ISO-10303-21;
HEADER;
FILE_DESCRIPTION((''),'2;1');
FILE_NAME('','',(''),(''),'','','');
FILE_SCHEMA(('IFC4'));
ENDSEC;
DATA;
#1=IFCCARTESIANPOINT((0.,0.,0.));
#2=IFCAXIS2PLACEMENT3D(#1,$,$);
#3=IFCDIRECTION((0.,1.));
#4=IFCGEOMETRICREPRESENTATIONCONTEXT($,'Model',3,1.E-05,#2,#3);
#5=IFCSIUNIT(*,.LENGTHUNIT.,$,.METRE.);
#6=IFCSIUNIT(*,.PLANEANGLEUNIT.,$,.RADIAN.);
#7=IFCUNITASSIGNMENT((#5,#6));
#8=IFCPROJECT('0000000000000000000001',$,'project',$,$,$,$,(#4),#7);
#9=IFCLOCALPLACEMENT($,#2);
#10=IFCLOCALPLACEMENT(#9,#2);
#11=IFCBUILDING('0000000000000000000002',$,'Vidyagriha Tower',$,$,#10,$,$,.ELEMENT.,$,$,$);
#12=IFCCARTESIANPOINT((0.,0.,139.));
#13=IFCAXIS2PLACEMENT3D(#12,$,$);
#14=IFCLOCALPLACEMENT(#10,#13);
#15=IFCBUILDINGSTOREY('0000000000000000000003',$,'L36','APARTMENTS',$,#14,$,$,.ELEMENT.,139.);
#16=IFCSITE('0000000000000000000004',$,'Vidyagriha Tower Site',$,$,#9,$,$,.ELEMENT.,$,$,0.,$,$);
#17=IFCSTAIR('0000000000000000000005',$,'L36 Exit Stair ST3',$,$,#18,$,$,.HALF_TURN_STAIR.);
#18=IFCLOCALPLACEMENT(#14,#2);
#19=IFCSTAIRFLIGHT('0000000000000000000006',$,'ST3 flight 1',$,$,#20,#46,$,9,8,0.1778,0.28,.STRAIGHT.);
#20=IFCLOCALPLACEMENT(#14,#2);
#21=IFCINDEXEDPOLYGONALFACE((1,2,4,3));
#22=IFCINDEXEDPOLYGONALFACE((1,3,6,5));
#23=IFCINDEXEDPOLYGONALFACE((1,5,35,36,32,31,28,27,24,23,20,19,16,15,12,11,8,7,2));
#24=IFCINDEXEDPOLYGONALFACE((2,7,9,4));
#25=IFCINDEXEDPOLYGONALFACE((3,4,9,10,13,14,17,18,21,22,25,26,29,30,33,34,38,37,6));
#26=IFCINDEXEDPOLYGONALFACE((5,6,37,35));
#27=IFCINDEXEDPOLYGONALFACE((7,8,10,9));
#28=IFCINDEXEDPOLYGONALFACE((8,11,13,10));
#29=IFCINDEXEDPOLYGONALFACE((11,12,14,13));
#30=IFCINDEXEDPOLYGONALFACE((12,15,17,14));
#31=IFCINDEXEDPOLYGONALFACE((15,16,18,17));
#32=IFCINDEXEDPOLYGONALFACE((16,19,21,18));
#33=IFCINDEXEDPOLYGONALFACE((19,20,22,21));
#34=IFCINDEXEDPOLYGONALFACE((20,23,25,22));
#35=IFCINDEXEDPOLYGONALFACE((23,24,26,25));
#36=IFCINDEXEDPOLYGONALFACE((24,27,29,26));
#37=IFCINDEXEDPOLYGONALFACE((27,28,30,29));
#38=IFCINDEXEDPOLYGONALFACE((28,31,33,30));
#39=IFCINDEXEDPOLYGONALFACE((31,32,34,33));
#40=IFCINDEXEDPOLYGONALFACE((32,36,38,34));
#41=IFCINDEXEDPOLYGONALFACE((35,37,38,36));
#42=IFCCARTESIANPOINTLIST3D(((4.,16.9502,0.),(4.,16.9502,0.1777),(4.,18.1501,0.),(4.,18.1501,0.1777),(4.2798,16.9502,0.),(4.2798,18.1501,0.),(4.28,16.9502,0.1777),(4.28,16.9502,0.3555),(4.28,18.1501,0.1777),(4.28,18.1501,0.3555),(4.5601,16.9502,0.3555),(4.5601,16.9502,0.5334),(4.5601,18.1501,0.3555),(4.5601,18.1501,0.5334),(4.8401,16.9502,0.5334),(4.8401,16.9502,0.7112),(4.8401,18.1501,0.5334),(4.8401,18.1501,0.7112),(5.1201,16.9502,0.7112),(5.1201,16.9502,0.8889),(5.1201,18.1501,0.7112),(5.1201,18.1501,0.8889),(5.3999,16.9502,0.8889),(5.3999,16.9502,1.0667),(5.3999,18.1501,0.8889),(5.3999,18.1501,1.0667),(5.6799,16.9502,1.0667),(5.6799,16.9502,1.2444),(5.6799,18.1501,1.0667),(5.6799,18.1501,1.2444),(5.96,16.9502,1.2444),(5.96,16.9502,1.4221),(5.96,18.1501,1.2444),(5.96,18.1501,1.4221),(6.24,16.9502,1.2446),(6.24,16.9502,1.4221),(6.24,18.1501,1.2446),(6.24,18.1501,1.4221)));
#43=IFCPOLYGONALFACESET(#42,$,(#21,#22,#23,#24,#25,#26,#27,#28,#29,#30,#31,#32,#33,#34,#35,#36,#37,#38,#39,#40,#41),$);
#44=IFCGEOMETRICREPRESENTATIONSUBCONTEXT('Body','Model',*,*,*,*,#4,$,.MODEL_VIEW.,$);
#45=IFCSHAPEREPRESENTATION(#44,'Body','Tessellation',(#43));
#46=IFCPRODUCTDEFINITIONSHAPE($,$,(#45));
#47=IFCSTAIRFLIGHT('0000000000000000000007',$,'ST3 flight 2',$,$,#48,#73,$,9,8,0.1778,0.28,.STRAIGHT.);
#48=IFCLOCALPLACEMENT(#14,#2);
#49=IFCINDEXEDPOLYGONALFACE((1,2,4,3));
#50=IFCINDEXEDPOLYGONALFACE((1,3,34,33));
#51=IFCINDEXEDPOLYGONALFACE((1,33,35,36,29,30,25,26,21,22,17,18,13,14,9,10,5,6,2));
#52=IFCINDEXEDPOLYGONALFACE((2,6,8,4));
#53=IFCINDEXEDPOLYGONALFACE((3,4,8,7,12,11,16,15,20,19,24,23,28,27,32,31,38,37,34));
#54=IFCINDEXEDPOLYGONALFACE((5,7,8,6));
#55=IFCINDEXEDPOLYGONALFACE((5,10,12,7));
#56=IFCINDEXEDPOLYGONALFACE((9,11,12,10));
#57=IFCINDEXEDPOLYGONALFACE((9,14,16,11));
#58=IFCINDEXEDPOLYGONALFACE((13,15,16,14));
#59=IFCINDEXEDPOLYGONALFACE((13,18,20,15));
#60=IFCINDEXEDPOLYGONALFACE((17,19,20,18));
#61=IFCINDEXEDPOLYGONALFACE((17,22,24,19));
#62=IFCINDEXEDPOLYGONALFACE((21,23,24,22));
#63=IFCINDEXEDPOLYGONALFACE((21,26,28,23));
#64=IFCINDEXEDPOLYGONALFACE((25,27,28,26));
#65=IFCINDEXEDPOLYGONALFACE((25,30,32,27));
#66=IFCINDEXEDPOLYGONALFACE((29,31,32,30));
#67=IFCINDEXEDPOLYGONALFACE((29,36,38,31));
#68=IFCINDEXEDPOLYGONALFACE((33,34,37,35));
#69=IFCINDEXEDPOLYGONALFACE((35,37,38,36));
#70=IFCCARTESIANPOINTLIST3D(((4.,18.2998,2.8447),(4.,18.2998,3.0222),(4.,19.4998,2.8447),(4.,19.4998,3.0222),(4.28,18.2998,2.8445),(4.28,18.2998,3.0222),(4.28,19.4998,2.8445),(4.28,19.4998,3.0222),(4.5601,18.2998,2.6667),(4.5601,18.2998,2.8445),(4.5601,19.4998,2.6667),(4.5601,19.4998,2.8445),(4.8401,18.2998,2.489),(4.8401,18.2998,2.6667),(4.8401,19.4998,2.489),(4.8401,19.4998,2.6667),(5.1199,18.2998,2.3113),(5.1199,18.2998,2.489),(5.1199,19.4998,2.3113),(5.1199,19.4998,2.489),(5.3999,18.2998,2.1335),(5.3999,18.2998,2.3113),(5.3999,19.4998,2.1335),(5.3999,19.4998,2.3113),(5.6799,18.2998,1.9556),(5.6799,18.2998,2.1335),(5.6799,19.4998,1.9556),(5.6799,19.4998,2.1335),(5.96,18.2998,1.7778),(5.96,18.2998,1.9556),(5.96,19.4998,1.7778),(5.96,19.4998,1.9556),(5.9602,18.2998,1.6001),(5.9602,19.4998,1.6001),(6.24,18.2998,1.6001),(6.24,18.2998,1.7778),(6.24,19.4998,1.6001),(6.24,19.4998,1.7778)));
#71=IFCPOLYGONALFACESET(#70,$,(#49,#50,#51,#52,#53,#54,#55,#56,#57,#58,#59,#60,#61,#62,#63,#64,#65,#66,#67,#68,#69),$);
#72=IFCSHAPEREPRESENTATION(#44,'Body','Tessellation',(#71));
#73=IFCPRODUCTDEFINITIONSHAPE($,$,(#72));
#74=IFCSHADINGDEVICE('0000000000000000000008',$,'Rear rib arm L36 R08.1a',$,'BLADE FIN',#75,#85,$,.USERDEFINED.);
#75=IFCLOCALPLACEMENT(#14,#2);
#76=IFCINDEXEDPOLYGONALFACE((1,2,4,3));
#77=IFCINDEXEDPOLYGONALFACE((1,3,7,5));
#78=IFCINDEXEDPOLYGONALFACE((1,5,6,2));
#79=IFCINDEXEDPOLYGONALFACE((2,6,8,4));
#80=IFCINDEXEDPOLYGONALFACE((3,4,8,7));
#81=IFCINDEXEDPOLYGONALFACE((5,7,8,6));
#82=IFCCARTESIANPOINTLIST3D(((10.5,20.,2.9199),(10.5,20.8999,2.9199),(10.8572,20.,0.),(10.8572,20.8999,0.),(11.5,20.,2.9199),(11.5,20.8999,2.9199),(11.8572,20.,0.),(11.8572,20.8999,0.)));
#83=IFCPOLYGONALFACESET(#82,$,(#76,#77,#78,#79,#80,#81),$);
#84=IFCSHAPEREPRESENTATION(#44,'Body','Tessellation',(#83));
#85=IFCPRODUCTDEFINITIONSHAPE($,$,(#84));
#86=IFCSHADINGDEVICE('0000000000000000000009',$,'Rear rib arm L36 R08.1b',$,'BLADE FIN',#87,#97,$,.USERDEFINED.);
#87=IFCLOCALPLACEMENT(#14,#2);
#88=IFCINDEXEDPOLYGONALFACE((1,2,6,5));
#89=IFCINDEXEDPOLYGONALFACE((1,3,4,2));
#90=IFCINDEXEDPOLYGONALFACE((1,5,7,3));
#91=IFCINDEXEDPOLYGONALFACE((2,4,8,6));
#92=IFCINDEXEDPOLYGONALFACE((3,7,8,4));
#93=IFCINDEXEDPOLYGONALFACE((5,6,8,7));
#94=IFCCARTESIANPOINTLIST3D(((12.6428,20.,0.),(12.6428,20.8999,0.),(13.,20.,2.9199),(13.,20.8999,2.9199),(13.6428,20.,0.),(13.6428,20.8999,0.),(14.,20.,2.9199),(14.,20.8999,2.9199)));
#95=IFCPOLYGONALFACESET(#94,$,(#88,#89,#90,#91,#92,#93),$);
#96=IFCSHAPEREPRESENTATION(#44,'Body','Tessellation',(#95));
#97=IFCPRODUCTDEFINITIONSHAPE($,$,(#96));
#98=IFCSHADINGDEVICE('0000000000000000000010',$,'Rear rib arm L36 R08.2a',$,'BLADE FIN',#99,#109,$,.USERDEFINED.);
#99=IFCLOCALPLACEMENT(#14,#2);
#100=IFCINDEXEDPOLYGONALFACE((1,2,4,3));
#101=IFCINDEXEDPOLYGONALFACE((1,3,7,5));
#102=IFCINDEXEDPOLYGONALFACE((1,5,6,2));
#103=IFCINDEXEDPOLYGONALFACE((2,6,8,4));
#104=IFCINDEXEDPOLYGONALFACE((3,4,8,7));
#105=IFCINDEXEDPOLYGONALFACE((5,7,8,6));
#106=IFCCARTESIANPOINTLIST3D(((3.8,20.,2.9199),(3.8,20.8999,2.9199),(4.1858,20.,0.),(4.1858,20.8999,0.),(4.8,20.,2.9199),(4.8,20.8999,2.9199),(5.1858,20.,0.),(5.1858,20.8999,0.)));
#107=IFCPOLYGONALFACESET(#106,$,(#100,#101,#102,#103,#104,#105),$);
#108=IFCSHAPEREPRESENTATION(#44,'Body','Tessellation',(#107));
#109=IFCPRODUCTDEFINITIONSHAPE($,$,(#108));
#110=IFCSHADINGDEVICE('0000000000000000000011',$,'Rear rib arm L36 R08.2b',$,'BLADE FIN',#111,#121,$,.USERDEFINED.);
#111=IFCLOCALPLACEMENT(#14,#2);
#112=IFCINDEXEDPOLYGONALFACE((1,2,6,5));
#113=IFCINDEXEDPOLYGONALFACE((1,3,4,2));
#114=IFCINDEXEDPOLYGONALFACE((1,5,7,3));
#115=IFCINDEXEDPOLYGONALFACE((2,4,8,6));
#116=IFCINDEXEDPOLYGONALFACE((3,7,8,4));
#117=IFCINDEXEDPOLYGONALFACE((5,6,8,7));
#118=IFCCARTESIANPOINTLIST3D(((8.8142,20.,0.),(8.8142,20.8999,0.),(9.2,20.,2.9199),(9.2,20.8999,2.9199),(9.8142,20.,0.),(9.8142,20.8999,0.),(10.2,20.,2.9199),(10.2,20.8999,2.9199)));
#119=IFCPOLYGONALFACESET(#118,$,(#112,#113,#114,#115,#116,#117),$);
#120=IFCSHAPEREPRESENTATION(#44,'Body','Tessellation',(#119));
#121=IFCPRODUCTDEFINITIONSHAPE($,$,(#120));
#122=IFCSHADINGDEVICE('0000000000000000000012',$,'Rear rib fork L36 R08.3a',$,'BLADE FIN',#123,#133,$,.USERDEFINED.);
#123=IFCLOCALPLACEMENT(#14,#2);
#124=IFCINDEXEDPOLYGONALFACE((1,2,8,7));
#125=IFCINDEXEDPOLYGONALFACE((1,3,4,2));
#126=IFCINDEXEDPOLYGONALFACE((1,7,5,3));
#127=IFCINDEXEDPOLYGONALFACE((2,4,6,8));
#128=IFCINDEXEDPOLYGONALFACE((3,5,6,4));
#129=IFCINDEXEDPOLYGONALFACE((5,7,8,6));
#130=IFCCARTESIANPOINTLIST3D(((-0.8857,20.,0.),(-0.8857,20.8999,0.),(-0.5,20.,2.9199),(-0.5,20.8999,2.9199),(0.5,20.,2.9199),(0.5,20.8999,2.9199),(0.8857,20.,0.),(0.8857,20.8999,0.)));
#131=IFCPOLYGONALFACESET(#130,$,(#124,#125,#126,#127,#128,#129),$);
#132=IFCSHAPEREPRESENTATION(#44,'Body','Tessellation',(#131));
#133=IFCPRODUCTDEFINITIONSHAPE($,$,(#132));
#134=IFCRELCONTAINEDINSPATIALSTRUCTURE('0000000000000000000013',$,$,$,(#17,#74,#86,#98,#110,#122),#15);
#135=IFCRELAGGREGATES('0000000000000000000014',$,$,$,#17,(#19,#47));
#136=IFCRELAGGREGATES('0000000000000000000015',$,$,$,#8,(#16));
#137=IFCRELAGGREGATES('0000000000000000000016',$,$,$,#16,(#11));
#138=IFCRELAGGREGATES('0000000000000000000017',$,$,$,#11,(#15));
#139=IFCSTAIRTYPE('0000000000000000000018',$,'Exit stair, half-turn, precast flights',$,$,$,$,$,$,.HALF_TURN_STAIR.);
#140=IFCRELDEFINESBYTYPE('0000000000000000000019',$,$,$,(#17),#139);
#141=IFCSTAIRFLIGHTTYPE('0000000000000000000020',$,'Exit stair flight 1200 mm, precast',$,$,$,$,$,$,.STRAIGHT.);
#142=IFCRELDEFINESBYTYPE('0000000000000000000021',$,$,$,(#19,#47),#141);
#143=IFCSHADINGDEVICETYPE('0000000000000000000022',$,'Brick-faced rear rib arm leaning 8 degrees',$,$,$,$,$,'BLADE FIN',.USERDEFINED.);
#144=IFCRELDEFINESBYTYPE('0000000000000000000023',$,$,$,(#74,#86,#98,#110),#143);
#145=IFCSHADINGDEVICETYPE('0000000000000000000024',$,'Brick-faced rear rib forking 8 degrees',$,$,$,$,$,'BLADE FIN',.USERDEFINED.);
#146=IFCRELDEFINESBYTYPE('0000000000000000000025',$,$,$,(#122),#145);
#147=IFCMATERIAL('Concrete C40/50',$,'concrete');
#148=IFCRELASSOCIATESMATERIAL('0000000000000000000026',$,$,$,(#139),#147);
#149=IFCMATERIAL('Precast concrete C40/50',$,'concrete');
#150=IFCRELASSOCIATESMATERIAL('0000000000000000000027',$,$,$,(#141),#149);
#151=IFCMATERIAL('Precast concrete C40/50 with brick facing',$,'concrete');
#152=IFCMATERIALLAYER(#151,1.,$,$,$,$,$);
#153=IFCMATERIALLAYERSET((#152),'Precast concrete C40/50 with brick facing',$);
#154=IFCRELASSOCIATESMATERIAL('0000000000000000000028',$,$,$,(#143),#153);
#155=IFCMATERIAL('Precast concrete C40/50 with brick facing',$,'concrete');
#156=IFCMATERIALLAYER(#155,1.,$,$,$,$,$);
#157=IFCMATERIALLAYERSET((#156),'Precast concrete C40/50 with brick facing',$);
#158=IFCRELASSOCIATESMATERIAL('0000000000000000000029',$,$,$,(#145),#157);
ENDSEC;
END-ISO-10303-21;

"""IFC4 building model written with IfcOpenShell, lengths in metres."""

from ifc_helpers import new_model, si_unit, direction, frame, origin, place, context, subcontext, project, spatial, polyline, outline, extrude, material, layer, layer_set, type_object, element, aggregate, save


model = new_model("IFC4")

# Units and contexts
model_context = context("Model", 3, precision=1e-05, world=origin(), true_north=direction((0.0, 1.0)))
body_context = subcontext(model_context, "Body", "Model", "MODEL_VIEW")
ifc_project = project(units=[si_unit("LENGTHUNIT", "METRE"), si_unit("PLANEANGLEUNIT", "RADIAN")], contexts=[model_context])

# Site, building, storey
site_placement = place(None, origin())
site = spatial("IfcSite", under=ifc_project, at=site_placement, Name="Vidyagriha Tower Site", CompositionType="ELEMENT", RefElevation=0.0)
building_placement = place(site_placement, origin())
building = spatial("IfcBuilding", under=site, at=building_placement, Name="Vidyagriha Tower", CompositionType="ELEMENT")
storey_placement = place(building_placement, frame((0.0, 0.0, 139.0)))
storey = spatial("IfcBuildingStorey", under=building, at=storey_placement, Name="L36", Description="APARTMENTS", CompositionType="ELEMENT", Elevation=139.0)

# Shared definitions
ifc_material_1 = material(Name="Concrete C40/50", Category="concrete")
stair_type = type_object("IfcStairType", Name="Exit stair, half-turn, precast flights", PredefinedType="HALF_TURN_STAIR", material=ifc_material_1)
ifc_material_2 = material(Name="Precast concrete C40/50", Category="concrete")
stair_flight_type = type_object("IfcStairFlightType", Name="Exit stair flight 1200 mm, precast", PredefinedType="STRAIGHT", material=ifc_material_2)

# Stair, stair flights
stair_1_placement = place(storey_placement, origin())
stair_1 = element("IfcStair", 1, at=stair_1_placement, inside=storey, type_object=stair_type, Name="L36 Exit Stair ST3", PredefinedType="HALF_TURN_STAIR")
stair_flight_1_placement = place(storey_placement, frame((4.0, 17.55, 0.0)))
stair_flight_1 = element("IfcStairFlight", 2, at=stair_flight_1_placement, type_object=stair_flight_type, Name="ST3 flight 1", NumberOfRisers=9, NumberOfTreads=8, PredefinedType="STRAIGHT", RiserHeight=0.1778, TreadLength=0.28, context=body_context, shape_type="SweptSolid", body=[
    extrude(outline(polyline([(0.0, 0.0), (0.0, 0.1777), (0.28, 0.1777), (0.28, 0.3555), (0.5601, 0.3555), (0.5601, 0.5334), (0.8401, 0.5334), (0.8401, 0.7112), (1.1201, 0.7112), (1.1201, 0.8889), (1.3999, 0.8889), (1.3999, 1.0667), (1.6799, 1.0667), (1.6799, 1.2444), (1.96, 1.2444), (1.96, 1.4221), (2.24, 1.4221), (2.24, 1.6001), (2.24, 1.2446), (0.2798, 0.0), (0.0, 0.0)])), frame((0.0, 0.6001, 0.0), z_axis=(0.0, -1.0, 0.0), x_axis=(1.0, 0.0, 0.0)), (0.0, 0.0, 1.0), 1.2),
])
stair_flight_2_placement = place(storey_placement, frame((6.24, 18.8999, 1.6001), z_axis=(0.0, 0.0, 1.0), x_axis=(-1.0, 0.0, 0.0)))
stair_flight_2 = element("IfcStairFlight", 3, at=stair_flight_2_placement, type_object=stair_flight_type, Name="ST3 flight 2", NumberOfRisers=9, NumberOfTreads=8, PredefinedType="STRAIGHT", RiserHeight=0.1778, TreadLength=0.28, context=body_context, shape_type="SweptSolid", body=[
    extrude(outline(polyline([(0.0, 0.0), (0.0, 0.1777), (0.28, 0.1777), (0.28, 0.3555), (0.5601, 0.3555), (0.5601, 0.5334), (0.8401, 0.5334), (0.8401, 0.7112), (1.1201, 0.7112), (1.1201, 0.8889), (1.3999, 0.8889), (1.3999, 1.0667), (1.6799, 1.0667), (1.6799, 1.2444), (1.96, 1.2444), (1.96, 1.4221), (2.24, 1.4221), (2.24, 1.6001), (2.24, 1.2446), (0.2798, 0.0), (0.0, 0.0)])), frame((0.0, 0.6001, 0.0), z_axis=(0.0, -1.0, 0.0), x_axis=(1.0, 0.0, 0.0)), (0.0, 0.0, 1.0), 1.2),
])
aggregate(stair_1, [stair_flight_1, stair_flight_2])

# Shading devices
ifc_material_3 = material(Name="Precast concrete C40/50 with brick facing", Category="concrete")
ifc_layer_1 = layer(ifc_material_3, 1.0)
ifc_layer_set_1 = layer_set([ifc_layer_1], Name="Precast concrete C40/50 with brick facing")
shading_device_type_1 = type_object("IfcShadingDeviceType", Name="Brick-faced rear rib arm leaning 8 degrees", ElementType="BLADE FIN", PredefinedType="USERDEFINED", material=ifc_layer_set_1)
shading_device_1_placement = place(storey_placement, frame((11.8572, 20.45, 0.0), z_axis=(0.0, 0.0, 1.0), x_axis=(-1.0, 0.0, 0.0)))
element("IfcShadingDevice", 4, at=shading_device_1_placement, inside=storey, type_object=shading_device_type_1, Name="Rear rib arm L36 R08.1a", ObjectType="BLADE FIN", PredefinedType="USERDEFINED", context=body_context, shape_type="SweptSolid", body=[
    extrude(outline(polyline([(0.0, 0.0), (1.0, 0.0), (1.3572, 2.9199), (0.3572, 2.9199), (0.0, 0.0)])), frame((0.0, 0.45, 0.0), z_axis=(0.0, -1.0, 0.0), x_axis=(1.0, 0.0, 0.0)), (0.0, 0.0, 1.0), 0.8999),
])
shading_device_2_placement = place(storey_placement, frame((14.0, 20.45, 0.0), z_axis=(0.0, 0.0, 1.0), x_axis=(-1.0, 0.0, 0.0)))
element("IfcShadingDevice", 5, at=shading_device_2_placement, inside=storey, type_object=shading_device_type_1, Name="Rear rib arm L36 R08.1b", ObjectType="BLADE FIN", PredefinedType="USERDEFINED", context=body_context, shape_type="SweptSolid", body=[
    extrude(outline(polyline([(0.3572, 0.0), (1.3572, 0.0), (1.0, 2.9199), (0.0, 2.9199), (0.3572, 0.0)])), frame((0.0, 0.45, 0.0), z_axis=(0.0, -1.0, 0.0), x_axis=(1.0, 0.0, 0.0)), (0.0, 0.0, 1.0), 0.8999),
])
shading_device_3_placement = place(storey_placement, frame((5.1858, 20.45, 0.0), z_axis=(0.0, 0.0, 1.0), x_axis=(-1.0, 0.0, 0.0)))
element("IfcShadingDevice", 6, at=shading_device_3_placement, inside=storey, type_object=shading_device_type_1, Name="Rear rib arm L36 R08.2a", ObjectType="BLADE FIN", PredefinedType="USERDEFINED", context=body_context, shape_type="SweptSolid", body=[
    extrude(outline(polyline([(0.0, 0.0), (1.0, 0.0), (1.3857, 2.9199), (0.3857, 2.9199), (0.0, 0.0)])), frame((0.0, 0.45, 0.0), z_axis=(0.0, -1.0, 0.0), x_axis=(1.0, 0.0, 0.0)), (0.0, 0.0, 1.0), 0.8999),
])
shading_device_4_placement = place(storey_placement, frame((10.2, 20.45, 0.0), z_axis=(0.0, 0.0, 1.0), x_axis=(-1.0, 0.0, 0.0)))
element("IfcShadingDevice", 7, at=shading_device_4_placement, inside=storey, type_object=shading_device_type_1, Name="Rear rib arm L36 R08.2b", ObjectType="BLADE FIN", PredefinedType="USERDEFINED", context=body_context, shape_type="SweptSolid", body=[
    extrude(outline(polyline([(0.3857, 0.0), (1.3857, 0.0), (1.0, 2.9199), (0.0, 2.9199), (0.3857, 0.0)])), frame((0.0, 0.45, 0.0), z_axis=(0.0, -1.0, 0.0), x_axis=(1.0, 0.0, 0.0)), (0.0, 0.0, 1.0), 0.8999),
])
ifc_material_4 = material(Name="Precast concrete C40/50 with brick facing", Category="concrete")
ifc_layer_2 = layer(ifc_material_4, 1.0)
ifc_layer_set_2 = layer_set([ifc_layer_2], Name="Precast concrete C40/50 with brick facing")
shading_device_type_2 = type_object("IfcShadingDeviceType", Name="Brick-faced rear rib forking 8 degrees", ElementType="BLADE FIN", PredefinedType="USERDEFINED", material=ifc_layer_set_2)
shading_device_5_placement = place(storey_placement, frame((0.8857, 20.45, 0.0), z_axis=(0.0, 0.0, 1.0), x_axis=(-1.0, 0.0, 0.0)))
element("IfcShadingDevice", 8, at=shading_device_5_placement, inside=storey, type_object=shading_device_type_2, Name="Rear rib fork L36 R08.3a", ObjectType="BLADE FIN", PredefinedType="USERDEFINED", context=body_context, shape_type="SweptSolid", body=[
    extrude(outline(polyline([(0.0, 0.0), (1.7715, 0.0), (1.3857, 2.9199), (0.3857, 2.9199), (0.0, 0.0)])), frame((0.0, 0.45, 0.0), z_axis=(0.0, -1.0, 0.0), x_axis=(1.0, 0.0, 0.0)), (0.0, 0.0, 1.0), 0.8999),
])

save(model, "model.ifc")
